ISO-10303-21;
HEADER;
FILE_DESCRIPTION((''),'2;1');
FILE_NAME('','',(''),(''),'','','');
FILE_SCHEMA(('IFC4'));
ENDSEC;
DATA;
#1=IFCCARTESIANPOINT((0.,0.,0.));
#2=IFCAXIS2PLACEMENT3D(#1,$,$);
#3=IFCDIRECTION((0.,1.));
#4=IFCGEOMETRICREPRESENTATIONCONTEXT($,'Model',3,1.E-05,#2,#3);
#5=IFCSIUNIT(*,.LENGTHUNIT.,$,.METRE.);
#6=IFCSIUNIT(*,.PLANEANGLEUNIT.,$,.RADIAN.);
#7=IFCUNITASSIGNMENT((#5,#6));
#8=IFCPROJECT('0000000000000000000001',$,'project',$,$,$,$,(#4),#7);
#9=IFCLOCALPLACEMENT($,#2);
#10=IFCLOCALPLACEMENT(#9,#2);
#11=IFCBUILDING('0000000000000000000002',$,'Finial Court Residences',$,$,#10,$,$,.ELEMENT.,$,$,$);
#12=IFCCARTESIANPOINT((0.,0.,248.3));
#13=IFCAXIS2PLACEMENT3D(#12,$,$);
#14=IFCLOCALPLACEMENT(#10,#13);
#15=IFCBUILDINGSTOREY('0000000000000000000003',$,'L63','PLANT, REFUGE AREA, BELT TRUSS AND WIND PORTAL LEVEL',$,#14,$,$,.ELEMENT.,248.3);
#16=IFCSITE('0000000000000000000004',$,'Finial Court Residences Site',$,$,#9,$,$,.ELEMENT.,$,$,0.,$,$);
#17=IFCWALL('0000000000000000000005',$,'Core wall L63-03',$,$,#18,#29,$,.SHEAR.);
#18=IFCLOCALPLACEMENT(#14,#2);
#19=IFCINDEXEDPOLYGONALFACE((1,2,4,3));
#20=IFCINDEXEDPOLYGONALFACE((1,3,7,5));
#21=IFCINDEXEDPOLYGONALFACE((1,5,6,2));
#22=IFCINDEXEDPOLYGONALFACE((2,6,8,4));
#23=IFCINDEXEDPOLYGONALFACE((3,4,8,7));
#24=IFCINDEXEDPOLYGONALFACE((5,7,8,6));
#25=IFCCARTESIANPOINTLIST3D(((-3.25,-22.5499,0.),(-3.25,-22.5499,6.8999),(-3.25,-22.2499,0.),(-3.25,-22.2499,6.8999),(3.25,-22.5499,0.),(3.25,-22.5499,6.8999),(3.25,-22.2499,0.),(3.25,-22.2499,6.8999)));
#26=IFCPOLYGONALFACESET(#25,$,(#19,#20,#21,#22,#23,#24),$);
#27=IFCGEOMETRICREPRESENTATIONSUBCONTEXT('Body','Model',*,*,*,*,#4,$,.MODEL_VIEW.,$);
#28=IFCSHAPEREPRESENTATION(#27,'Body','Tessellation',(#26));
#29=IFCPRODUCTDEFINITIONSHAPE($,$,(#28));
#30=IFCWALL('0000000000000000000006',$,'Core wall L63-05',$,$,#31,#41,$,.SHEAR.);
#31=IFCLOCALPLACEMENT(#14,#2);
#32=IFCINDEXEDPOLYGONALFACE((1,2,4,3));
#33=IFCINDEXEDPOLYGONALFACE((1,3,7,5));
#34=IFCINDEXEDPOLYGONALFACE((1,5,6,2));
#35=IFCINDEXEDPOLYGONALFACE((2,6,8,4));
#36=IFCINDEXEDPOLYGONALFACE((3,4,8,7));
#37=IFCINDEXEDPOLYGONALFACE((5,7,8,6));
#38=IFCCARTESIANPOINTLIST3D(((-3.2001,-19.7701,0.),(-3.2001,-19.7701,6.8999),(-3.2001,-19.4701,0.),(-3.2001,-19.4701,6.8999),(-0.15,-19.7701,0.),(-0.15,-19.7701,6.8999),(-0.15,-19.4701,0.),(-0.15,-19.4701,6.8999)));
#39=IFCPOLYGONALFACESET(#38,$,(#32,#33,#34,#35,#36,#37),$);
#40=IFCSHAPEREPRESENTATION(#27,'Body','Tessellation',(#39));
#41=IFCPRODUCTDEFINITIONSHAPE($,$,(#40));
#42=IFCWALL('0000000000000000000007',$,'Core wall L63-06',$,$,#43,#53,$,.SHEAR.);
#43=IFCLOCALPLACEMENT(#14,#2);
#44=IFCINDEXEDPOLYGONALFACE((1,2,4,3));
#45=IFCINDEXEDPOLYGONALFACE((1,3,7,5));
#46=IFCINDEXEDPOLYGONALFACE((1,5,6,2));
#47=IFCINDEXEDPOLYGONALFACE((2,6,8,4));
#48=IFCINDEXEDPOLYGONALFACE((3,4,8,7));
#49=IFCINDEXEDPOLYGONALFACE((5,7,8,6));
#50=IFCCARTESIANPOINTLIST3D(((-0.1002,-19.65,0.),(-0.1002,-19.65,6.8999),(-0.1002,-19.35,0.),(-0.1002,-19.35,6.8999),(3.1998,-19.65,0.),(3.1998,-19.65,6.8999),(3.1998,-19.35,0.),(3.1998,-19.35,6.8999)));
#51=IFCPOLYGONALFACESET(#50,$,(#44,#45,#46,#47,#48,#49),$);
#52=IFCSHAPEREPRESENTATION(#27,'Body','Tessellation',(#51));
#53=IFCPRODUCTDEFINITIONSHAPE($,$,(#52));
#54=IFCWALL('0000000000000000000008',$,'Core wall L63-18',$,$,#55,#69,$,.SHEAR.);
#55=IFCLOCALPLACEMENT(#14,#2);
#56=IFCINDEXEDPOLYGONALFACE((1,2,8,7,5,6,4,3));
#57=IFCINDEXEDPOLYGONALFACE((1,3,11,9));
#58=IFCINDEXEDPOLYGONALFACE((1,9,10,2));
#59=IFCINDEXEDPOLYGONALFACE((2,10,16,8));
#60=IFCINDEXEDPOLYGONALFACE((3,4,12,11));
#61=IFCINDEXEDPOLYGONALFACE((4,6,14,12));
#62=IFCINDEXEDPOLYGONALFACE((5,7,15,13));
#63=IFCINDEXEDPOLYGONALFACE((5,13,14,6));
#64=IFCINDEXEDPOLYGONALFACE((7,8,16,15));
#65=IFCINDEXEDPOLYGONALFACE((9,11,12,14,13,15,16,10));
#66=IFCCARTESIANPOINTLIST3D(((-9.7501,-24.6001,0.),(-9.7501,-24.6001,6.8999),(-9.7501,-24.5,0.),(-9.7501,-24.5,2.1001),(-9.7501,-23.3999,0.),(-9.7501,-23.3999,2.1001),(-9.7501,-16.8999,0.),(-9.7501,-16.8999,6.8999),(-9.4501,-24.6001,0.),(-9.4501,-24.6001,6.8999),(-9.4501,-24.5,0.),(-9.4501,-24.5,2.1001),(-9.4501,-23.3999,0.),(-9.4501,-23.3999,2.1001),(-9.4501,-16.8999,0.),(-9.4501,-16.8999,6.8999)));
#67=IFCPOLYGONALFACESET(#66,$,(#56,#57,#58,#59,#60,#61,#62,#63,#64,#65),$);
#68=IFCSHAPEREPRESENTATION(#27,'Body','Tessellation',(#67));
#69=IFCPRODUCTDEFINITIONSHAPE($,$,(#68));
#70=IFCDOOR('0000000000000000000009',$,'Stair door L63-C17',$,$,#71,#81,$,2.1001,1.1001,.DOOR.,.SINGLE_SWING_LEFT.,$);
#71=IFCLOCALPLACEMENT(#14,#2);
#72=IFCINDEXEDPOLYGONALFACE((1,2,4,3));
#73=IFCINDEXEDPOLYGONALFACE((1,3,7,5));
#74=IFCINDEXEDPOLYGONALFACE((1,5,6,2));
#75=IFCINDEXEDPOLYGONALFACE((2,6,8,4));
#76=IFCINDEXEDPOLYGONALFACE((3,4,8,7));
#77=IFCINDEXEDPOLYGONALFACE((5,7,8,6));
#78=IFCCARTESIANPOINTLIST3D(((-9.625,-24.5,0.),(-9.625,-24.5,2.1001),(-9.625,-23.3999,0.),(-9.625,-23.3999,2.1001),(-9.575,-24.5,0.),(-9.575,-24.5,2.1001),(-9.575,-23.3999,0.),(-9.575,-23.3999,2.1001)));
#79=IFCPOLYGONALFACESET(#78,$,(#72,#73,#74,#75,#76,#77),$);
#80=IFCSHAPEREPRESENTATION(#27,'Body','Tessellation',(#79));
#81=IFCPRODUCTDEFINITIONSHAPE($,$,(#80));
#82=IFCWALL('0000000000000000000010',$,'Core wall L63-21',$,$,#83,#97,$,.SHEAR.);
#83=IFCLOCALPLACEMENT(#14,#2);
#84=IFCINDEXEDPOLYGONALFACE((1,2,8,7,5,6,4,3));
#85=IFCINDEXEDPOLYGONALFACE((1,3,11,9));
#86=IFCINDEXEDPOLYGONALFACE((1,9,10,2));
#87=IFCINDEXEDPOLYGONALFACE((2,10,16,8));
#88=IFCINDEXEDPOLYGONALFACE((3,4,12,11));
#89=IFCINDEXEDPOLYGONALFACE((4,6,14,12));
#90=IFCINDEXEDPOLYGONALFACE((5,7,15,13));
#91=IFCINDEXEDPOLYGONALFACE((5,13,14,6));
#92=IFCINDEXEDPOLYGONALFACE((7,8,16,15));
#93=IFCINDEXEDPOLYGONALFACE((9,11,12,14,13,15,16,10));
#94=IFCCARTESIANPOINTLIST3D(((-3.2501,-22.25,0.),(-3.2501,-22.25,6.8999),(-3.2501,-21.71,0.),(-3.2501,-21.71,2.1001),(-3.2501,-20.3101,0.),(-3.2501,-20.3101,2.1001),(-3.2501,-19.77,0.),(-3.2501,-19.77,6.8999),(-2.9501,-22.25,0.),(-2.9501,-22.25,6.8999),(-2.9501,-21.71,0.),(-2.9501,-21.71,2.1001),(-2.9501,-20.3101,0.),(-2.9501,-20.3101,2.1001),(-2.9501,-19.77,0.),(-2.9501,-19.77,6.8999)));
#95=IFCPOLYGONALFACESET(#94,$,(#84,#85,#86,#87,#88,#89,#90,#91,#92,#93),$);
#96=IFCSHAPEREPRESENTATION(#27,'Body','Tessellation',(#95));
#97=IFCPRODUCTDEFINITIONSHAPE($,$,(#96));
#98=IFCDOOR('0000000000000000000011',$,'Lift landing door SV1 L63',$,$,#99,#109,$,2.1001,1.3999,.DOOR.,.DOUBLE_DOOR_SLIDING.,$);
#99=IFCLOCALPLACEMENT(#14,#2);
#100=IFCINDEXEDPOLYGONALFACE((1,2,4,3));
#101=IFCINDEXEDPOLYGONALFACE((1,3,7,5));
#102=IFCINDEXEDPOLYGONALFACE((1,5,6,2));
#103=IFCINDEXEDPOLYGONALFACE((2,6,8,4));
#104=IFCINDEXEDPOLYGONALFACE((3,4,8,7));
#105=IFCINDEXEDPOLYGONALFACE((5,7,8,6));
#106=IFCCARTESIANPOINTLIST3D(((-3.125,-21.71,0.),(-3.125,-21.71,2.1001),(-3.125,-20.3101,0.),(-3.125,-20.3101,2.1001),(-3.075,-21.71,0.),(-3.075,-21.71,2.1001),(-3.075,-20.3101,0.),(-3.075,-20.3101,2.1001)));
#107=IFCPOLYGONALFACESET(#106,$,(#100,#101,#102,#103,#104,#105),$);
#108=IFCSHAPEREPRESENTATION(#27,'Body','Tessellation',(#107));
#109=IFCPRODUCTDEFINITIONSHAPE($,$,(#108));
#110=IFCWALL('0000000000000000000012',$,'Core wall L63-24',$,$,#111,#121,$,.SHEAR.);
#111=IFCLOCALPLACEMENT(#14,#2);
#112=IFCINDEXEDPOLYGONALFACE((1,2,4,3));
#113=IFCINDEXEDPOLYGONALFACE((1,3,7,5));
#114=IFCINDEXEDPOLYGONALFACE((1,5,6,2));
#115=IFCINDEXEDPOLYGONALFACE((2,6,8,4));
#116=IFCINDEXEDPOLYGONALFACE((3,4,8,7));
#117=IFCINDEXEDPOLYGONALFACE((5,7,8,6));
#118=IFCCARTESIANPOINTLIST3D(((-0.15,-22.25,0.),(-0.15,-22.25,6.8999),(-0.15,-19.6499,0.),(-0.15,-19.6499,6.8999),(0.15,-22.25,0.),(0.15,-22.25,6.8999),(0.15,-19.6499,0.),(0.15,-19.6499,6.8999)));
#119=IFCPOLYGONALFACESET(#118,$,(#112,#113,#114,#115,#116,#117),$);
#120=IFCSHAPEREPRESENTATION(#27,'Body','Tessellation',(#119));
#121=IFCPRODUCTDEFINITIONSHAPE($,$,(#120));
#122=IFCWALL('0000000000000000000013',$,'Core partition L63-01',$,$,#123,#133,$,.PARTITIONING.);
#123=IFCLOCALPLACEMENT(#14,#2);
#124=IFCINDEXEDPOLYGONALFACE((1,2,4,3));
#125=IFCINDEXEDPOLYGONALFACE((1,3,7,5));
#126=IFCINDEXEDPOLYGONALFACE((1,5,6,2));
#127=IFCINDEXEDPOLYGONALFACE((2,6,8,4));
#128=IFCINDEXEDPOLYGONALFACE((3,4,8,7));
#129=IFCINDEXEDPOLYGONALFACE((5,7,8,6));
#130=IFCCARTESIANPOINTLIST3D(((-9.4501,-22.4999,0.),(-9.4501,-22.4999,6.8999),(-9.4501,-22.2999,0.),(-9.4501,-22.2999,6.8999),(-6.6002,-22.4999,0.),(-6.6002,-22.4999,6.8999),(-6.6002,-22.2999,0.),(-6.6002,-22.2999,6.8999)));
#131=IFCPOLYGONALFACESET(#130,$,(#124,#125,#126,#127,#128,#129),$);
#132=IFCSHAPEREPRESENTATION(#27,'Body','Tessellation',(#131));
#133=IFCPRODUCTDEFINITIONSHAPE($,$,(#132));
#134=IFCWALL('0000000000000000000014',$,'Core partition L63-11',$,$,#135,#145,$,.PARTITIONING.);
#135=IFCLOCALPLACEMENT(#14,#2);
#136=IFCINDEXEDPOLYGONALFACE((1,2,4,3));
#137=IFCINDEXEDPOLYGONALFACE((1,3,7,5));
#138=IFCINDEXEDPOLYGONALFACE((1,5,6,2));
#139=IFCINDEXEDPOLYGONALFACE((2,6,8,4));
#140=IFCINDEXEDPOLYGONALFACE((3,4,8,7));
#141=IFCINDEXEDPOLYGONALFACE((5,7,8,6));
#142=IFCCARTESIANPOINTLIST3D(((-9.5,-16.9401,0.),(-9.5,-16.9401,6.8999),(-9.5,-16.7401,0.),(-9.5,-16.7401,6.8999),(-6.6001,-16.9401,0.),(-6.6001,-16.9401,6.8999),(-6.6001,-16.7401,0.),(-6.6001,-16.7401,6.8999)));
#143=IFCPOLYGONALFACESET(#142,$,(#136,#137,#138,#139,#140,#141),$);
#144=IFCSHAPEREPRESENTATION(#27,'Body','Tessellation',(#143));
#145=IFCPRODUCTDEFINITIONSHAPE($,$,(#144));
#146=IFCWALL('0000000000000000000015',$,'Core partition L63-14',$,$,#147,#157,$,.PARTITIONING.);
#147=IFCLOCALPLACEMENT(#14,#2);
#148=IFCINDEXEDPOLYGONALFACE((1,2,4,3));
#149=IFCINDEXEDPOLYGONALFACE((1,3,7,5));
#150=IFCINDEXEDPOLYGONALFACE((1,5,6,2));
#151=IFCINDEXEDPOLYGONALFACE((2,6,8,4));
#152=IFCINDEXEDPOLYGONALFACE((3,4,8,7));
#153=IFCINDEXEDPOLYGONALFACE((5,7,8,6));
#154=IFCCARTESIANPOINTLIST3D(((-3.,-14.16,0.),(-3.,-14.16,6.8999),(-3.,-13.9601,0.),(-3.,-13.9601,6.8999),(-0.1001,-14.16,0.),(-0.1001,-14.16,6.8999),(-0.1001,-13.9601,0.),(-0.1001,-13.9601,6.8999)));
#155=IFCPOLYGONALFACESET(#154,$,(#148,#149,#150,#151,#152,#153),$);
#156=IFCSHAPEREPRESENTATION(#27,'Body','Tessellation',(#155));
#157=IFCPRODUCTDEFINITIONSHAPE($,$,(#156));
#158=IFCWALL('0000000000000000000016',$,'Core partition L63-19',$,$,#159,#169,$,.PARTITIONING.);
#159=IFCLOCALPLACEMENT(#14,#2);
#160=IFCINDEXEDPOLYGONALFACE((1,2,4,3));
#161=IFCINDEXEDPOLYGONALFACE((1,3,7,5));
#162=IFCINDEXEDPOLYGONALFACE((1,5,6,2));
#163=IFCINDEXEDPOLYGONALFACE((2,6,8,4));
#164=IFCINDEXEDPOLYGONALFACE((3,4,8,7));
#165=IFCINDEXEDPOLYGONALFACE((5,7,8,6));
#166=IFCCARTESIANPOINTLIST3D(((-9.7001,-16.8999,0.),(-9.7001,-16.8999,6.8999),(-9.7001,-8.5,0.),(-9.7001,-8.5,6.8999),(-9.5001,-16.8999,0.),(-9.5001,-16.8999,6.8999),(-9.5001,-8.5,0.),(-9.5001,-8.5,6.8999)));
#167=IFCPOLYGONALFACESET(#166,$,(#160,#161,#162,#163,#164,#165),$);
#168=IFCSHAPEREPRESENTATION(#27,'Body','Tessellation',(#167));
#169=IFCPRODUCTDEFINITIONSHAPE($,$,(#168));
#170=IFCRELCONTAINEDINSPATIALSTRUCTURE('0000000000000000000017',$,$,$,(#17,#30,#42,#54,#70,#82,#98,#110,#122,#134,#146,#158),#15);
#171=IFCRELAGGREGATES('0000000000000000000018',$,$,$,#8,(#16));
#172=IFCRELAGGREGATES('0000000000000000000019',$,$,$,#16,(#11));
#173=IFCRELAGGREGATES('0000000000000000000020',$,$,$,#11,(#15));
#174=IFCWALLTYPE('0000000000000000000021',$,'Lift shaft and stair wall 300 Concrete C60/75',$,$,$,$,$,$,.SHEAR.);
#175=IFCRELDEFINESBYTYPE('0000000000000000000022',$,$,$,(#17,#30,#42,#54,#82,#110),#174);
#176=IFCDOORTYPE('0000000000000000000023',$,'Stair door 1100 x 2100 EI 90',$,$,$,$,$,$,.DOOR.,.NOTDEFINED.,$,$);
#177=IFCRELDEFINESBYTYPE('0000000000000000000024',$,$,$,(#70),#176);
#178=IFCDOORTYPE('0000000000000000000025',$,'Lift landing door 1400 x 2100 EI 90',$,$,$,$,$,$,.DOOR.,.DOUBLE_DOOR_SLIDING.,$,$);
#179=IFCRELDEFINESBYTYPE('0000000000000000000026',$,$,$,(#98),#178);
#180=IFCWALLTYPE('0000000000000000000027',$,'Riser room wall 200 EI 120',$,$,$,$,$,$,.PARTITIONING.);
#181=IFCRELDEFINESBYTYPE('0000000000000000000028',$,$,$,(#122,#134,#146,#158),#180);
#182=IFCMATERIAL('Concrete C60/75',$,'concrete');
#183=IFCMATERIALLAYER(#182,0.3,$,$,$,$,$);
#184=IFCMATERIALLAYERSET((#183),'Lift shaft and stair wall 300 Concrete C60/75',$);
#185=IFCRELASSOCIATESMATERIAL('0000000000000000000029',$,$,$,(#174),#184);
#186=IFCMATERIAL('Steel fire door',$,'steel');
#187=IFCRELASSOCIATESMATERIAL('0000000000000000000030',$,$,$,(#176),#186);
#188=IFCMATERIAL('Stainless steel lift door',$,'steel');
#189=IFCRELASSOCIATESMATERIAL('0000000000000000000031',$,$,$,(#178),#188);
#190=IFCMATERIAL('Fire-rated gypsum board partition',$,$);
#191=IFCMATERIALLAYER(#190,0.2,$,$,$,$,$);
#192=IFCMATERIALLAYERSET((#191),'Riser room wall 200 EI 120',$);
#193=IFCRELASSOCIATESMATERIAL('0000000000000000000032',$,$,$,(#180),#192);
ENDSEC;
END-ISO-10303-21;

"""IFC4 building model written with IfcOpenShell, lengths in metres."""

from ifc_helpers import new_model, si_unit, direction, frame, frame_2d, origin, place, context, subcontext, project, spatial, rectangle, extrude, material, layer, layer_set, type_object, element, fill, save


model = new_model("IFC4")

# Units and contexts
model_context = context("Model", 3, precision=1e-05, world=origin(), true_north=direction((0.0, 1.0)))
body_context = subcontext(model_context, "Body", "Model", "MODEL_VIEW")
ifc_project = project(units=[si_unit("LENGTHUNIT", "METRE"), si_unit("PLANEANGLEUNIT", "RADIAN")], contexts=[model_context])

# Site, building, storey
site_placement = place(None, origin())
site = spatial("IfcSite", under=ifc_project, at=site_placement, Name="Finial Court Residences Site", CompositionType="ELEMENT", RefElevation=0.0)
building_placement = place(site_placement, origin())
building = spatial("IfcBuilding", under=site, at=building_placement, Name="Finial Court Residences", CompositionType="ELEMENT")
storey_placement = place(building_placement, frame((0.0, 0.0, 248.3)))
storey = spatial("IfcBuildingStorey", under=building, at=storey_placement, Name="L63", Description="PLANT, REFUGE AREA, BELT TRUSS AND WIND PORTAL LEVEL", CompositionType="ELEMENT", Elevation=248.3)

# Walls
ifc_material_1 = material(Name="Concrete C60/75", Category="concrete")
ifc_layer_1 = layer(ifc_material_1, 0.3)
ifc_layer_set_1 = layer_set([ifc_layer_1], Name="Lift shaft and stair wall 300 Concrete C60/75")
wall_type_1 = type_object("IfcWallType", Name="Lift shaft and stair wall 300 Concrete C60/75", PredefinedType="SHEAR", material=ifc_layer_set_1)
wall_1_placement = place(storey_placement, frame((-3.25, -22.3999, 0.0), z_axis=(0.0, 0.0, 1.0), x_axis=(1.0, 0.0, 0.0)))
element("IfcWall", 1, at=wall_1_placement, inside=storey, type_object=wall_type_1, Name="Core wall L63-03", PredefinedType="SHEAR", context=body_context, shape_type="SweptSolid", body=[
    extrude(rectangle(XDim=6.5, YDim=0.3, at=frame_2d((3.25, 0.0))), origin(), (0.0, 0.0, 1.0), 6.8999),
])
wall_2_placement = place(storey_placement, frame((-3.2, -19.6201, 0.0), z_axis=(0.0, 0.0, 1.0), x_axis=(1.0, 0.0, 0.0)))
element("IfcWall", 2, at=wall_2_placement, inside=storey, type_object=wall_type_1, Name="Core wall L63-05", PredefinedType="SHEAR", context=body_context, shape_type="SweptSolid", body=[
    extrude(rectangle(XDim=3.05, YDim=0.3, at=frame_2d((1.5249, 0.0))), origin(), (0.0, 0.0, 1.0), 6.8999),
])
wall_3_placement = place(storey_placement, frame((-0.1001, -19.5, 0.0), z_axis=(0.0, 0.0, 1.0), x_axis=(1.0, 0.0, 0.0)))
element("IfcWall", 3, at=wall_3_placement, inside=storey, type_object=wall_type_1, Name="Core wall L63-06", PredefinedType="SHEAR", context=body_context, shape_type="SweptSolid", body=[
    extrude(rectangle(XDim=3.3, YDim=0.3, at=frame_2d((1.6499, 0.0))), origin(), (0.0, 0.0, 1.0), 6.8999),
])

# Walls, openings, doors
wall_4_placement = place(storey_placement, frame((-9.6001, -24.6001, 0.0), z_axis=(0.0, 0.0, 1.0), x_axis=(0.0, 1.0, 0.0)))
wall_4 = element("IfcWall", 4, at=wall_4_placement, inside=storey, type_object=wall_type_1, Name="Core wall L63-18", PredefinedType="SHEAR", context=body_context, shape_type="SweptSolid", body=[
    extrude(rectangle(XDim=7.7002, YDim=0.3, at=frame_2d((3.8501, 0.0))), origin(), (0.0, 0.0, 1.0), 6.8999),
])
opening_1_placement = place(wall_4_placement, frame((0.1001, 0.0, 0.0)))
opening_1 = element("IfcOpeningElement", 5, at=opening_1_placement, cuts=wall_4, PredefinedType="OPENING", context=body_context, shape_type="SweptSolid", body=[
    extrude(rectangle(XDim=1.1001, YDim=2.1001, at=frame_2d((0.55, 1.05))), frame((0.0, 0.1599, 0.0), z_axis=(0.0, -1.0, 0.0), x_axis=(1.0, 0.0, 0.0)), (0.0, 0.0, 1.0), 0.3201),
])
ifc_material_2 = material(Name="Steel fire door", Category="steel")
door_type_1 = type_object("IfcDoorType", Name="Stair door 1100 x 2100 EI 90", OperationType="NOTDEFINED", PredefinedType="DOOR", material=ifc_material_2)
door_1_placement = place(opening_1_placement, origin())
door_1 = element("IfcDoor", 6, at=door_1_placement, inside=storey, type_object=door_type_1, Name="Stair door L63-C17", OperationType="SINGLE_SWING_LEFT", OverallHeight=2.1001, OverallWidth=1.1001, PredefinedType="DOOR", context=body_context, shape_type="SweptSolid", body=[
    extrude(rectangle(XDim=1.1001, YDim=2.1001, at=frame_2d((0.55, 1.05))), frame((0.0, 0.0249, 0.0), z_axis=(0.0, -1.0, 0.0), x_axis=(1.0, 0.0, 0.0)), (0.0, 0.0, 1.0), 0.05),
])
fill(opening_1, door_1)
wall_5_placement = place(storey_placement, frame((-3.1001, -22.25, 0.0), z_axis=(0.0, 0.0, 1.0), x_axis=(0.0, 1.0, 0.0)))
wall_5 = element("IfcWall", 7, at=wall_5_placement, inside=storey, type_object=wall_type_1, Name="Core wall L63-21", PredefinedType="SHEAR", context=body_context, shape_type="SweptSolid", body=[
    extrude(rectangle(XDim=2.48, YDim=0.3, at=frame_2d((1.24, 0.0))), origin(), (0.0, 0.0, 1.0), 6.8999),
])
opening_2_placement = place(wall_5_placement, frame((0.54, 0.0, 0.0)))
opening_2 = element("IfcOpeningElement", 8, at=opening_2_placement, cuts=wall_5, PredefinedType="OPENING", context=body_context, shape_type="SweptSolid", body=[
    extrude(rectangle(XDim=1.3999, YDim=2.1001, at=frame_2d((0.7, 1.05))), frame((0.0, 0.1599, 0.0), z_axis=(0.0, -1.0, 0.0), x_axis=(1.0, 0.0, 0.0)), (0.0, 0.0, 1.0), 0.3201),
])
ifc_material_3 = material(Name="Stainless steel lift door", Category="steel")
door_type_2 = type_object("IfcDoorType", Name="Lift landing door 1400 x 2100 EI 90", OperationType="DOUBLE_DOOR_SLIDING", PredefinedType="DOOR", material=ifc_material_3)
door_2_placement = place(opening_2_placement, origin())
door_2 = element("IfcDoor", 9, at=door_2_placement, inside=storey, type_object=door_type_2, Name="Lift landing door SV1 L63", OperationType="DOUBLE_DOOR_SLIDING", OverallHeight=2.1001, OverallWidth=1.3999, PredefinedType="DOOR", context=body_context, shape_type="SweptSolid", body=[
    extrude(rectangle(XDim=1.3999, YDim=2.1001, at=frame_2d((0.7, 1.05))), frame((0.0, 0.0249, 0.0), z_axis=(0.0, -1.0, 0.0), x_axis=(1.0, 0.0, 0.0)), (0.0, 0.0, 1.0), 0.05),
])
fill(opening_2, door_2)

# Walls
wall_6_placement = place(storey_placement, frame((0.0, -22.25, 0.0), z_axis=(0.0, 0.0, 1.0), x_axis=(0.0, 1.0, 0.0)))
element("IfcWall", 10, at=wall_6_placement, inside=storey, type_object=wall_type_1, Name="Core wall L63-24", PredefinedType="SHEAR", context=body_context, shape_type="SweptSolid", body=[
    extrude(rectangle(XDim=2.6001, YDim=0.3, at=frame_2d((1.3, 0.0))), origin(), (0.0, 0.0, 1.0), 6.8999),
])
ifc_material_4 = material(Name="Fire-rated gypsum board partition")
ifc_layer_2 = layer(ifc_material_4, 0.2)
ifc_layer_set_2 = layer_set([ifc_layer_2], Name="Riser room wall 200 EI 120")
wall_type_2 = type_object("IfcWallType", Name="Riser room wall 200 EI 120", PredefinedType="PARTITIONING", material=ifc_layer_set_2)
wall_7_placement = place(storey_placement, frame((-9.45, -22.3999, 0.0), z_axis=(0.0, 0.0, 1.0), x_axis=(1.0, 0.0, 0.0)))
element("IfcWall", 11, at=wall_7_placement, inside=storey, type_object=wall_type_2, Name="Core partition L63-01", PredefinedType="PARTITIONING", context=body_context, shape_type="SweptSolid", body=[
    extrude(rectangle(XDim=2.8499, YDim=0.2, at=frame_2d((1.4248, 0.0))), origin(), (0.0, 0.0, 1.0), 6.8999),
])
for number, where, z_axis, x_axis, name in (
    (12, (-9.5, -16.8401, 0.0), (0.0, 0.0, 1.0), (1.0, 0.0, 0.0), "Core partition L63-11"),
    (13, (-3.0, -14.0601, 0.0), (0.0, 0.0, 1.0), (1.0, 0.0, 0.0), "Core partition L63-14"),
):
    element("IfcWall", number, at=place(storey_placement, frame(where, z_axis=z_axis, x_axis=x_axis)), inside=storey, type_object=wall_type_2, Name=name, PredefinedType="PARTITIONING", context=body_context, shape_type="SweptSolid", body=[
        extrude(rectangle(XDim=2.8999, YDim=0.2, at=frame_2d((1.45, 0.0))), origin(), (0.0, 0.0, 1.0), 6.8999),
    ])
wall_8_placement = place(storey_placement, frame((-9.6001, -16.8999, 0.0), z_axis=(0.0, 0.0, 1.0), x_axis=(0.0, 1.0, 0.0)))
element("IfcWall", 14, at=wall_8_placement, inside=storey, type_object=wall_type_2, Name="Core partition L63-19", PredefinedType="PARTITIONING", context=body_context, shape_type="SweptSolid", body=[
    extrude(rectangle(XDim=8.3999, YDim=0.2, at=frame_2d((4.2, 0.0))), origin(), (0.0, 0.0, 1.0), 6.8999),
])

save(model, "model.ifc")
